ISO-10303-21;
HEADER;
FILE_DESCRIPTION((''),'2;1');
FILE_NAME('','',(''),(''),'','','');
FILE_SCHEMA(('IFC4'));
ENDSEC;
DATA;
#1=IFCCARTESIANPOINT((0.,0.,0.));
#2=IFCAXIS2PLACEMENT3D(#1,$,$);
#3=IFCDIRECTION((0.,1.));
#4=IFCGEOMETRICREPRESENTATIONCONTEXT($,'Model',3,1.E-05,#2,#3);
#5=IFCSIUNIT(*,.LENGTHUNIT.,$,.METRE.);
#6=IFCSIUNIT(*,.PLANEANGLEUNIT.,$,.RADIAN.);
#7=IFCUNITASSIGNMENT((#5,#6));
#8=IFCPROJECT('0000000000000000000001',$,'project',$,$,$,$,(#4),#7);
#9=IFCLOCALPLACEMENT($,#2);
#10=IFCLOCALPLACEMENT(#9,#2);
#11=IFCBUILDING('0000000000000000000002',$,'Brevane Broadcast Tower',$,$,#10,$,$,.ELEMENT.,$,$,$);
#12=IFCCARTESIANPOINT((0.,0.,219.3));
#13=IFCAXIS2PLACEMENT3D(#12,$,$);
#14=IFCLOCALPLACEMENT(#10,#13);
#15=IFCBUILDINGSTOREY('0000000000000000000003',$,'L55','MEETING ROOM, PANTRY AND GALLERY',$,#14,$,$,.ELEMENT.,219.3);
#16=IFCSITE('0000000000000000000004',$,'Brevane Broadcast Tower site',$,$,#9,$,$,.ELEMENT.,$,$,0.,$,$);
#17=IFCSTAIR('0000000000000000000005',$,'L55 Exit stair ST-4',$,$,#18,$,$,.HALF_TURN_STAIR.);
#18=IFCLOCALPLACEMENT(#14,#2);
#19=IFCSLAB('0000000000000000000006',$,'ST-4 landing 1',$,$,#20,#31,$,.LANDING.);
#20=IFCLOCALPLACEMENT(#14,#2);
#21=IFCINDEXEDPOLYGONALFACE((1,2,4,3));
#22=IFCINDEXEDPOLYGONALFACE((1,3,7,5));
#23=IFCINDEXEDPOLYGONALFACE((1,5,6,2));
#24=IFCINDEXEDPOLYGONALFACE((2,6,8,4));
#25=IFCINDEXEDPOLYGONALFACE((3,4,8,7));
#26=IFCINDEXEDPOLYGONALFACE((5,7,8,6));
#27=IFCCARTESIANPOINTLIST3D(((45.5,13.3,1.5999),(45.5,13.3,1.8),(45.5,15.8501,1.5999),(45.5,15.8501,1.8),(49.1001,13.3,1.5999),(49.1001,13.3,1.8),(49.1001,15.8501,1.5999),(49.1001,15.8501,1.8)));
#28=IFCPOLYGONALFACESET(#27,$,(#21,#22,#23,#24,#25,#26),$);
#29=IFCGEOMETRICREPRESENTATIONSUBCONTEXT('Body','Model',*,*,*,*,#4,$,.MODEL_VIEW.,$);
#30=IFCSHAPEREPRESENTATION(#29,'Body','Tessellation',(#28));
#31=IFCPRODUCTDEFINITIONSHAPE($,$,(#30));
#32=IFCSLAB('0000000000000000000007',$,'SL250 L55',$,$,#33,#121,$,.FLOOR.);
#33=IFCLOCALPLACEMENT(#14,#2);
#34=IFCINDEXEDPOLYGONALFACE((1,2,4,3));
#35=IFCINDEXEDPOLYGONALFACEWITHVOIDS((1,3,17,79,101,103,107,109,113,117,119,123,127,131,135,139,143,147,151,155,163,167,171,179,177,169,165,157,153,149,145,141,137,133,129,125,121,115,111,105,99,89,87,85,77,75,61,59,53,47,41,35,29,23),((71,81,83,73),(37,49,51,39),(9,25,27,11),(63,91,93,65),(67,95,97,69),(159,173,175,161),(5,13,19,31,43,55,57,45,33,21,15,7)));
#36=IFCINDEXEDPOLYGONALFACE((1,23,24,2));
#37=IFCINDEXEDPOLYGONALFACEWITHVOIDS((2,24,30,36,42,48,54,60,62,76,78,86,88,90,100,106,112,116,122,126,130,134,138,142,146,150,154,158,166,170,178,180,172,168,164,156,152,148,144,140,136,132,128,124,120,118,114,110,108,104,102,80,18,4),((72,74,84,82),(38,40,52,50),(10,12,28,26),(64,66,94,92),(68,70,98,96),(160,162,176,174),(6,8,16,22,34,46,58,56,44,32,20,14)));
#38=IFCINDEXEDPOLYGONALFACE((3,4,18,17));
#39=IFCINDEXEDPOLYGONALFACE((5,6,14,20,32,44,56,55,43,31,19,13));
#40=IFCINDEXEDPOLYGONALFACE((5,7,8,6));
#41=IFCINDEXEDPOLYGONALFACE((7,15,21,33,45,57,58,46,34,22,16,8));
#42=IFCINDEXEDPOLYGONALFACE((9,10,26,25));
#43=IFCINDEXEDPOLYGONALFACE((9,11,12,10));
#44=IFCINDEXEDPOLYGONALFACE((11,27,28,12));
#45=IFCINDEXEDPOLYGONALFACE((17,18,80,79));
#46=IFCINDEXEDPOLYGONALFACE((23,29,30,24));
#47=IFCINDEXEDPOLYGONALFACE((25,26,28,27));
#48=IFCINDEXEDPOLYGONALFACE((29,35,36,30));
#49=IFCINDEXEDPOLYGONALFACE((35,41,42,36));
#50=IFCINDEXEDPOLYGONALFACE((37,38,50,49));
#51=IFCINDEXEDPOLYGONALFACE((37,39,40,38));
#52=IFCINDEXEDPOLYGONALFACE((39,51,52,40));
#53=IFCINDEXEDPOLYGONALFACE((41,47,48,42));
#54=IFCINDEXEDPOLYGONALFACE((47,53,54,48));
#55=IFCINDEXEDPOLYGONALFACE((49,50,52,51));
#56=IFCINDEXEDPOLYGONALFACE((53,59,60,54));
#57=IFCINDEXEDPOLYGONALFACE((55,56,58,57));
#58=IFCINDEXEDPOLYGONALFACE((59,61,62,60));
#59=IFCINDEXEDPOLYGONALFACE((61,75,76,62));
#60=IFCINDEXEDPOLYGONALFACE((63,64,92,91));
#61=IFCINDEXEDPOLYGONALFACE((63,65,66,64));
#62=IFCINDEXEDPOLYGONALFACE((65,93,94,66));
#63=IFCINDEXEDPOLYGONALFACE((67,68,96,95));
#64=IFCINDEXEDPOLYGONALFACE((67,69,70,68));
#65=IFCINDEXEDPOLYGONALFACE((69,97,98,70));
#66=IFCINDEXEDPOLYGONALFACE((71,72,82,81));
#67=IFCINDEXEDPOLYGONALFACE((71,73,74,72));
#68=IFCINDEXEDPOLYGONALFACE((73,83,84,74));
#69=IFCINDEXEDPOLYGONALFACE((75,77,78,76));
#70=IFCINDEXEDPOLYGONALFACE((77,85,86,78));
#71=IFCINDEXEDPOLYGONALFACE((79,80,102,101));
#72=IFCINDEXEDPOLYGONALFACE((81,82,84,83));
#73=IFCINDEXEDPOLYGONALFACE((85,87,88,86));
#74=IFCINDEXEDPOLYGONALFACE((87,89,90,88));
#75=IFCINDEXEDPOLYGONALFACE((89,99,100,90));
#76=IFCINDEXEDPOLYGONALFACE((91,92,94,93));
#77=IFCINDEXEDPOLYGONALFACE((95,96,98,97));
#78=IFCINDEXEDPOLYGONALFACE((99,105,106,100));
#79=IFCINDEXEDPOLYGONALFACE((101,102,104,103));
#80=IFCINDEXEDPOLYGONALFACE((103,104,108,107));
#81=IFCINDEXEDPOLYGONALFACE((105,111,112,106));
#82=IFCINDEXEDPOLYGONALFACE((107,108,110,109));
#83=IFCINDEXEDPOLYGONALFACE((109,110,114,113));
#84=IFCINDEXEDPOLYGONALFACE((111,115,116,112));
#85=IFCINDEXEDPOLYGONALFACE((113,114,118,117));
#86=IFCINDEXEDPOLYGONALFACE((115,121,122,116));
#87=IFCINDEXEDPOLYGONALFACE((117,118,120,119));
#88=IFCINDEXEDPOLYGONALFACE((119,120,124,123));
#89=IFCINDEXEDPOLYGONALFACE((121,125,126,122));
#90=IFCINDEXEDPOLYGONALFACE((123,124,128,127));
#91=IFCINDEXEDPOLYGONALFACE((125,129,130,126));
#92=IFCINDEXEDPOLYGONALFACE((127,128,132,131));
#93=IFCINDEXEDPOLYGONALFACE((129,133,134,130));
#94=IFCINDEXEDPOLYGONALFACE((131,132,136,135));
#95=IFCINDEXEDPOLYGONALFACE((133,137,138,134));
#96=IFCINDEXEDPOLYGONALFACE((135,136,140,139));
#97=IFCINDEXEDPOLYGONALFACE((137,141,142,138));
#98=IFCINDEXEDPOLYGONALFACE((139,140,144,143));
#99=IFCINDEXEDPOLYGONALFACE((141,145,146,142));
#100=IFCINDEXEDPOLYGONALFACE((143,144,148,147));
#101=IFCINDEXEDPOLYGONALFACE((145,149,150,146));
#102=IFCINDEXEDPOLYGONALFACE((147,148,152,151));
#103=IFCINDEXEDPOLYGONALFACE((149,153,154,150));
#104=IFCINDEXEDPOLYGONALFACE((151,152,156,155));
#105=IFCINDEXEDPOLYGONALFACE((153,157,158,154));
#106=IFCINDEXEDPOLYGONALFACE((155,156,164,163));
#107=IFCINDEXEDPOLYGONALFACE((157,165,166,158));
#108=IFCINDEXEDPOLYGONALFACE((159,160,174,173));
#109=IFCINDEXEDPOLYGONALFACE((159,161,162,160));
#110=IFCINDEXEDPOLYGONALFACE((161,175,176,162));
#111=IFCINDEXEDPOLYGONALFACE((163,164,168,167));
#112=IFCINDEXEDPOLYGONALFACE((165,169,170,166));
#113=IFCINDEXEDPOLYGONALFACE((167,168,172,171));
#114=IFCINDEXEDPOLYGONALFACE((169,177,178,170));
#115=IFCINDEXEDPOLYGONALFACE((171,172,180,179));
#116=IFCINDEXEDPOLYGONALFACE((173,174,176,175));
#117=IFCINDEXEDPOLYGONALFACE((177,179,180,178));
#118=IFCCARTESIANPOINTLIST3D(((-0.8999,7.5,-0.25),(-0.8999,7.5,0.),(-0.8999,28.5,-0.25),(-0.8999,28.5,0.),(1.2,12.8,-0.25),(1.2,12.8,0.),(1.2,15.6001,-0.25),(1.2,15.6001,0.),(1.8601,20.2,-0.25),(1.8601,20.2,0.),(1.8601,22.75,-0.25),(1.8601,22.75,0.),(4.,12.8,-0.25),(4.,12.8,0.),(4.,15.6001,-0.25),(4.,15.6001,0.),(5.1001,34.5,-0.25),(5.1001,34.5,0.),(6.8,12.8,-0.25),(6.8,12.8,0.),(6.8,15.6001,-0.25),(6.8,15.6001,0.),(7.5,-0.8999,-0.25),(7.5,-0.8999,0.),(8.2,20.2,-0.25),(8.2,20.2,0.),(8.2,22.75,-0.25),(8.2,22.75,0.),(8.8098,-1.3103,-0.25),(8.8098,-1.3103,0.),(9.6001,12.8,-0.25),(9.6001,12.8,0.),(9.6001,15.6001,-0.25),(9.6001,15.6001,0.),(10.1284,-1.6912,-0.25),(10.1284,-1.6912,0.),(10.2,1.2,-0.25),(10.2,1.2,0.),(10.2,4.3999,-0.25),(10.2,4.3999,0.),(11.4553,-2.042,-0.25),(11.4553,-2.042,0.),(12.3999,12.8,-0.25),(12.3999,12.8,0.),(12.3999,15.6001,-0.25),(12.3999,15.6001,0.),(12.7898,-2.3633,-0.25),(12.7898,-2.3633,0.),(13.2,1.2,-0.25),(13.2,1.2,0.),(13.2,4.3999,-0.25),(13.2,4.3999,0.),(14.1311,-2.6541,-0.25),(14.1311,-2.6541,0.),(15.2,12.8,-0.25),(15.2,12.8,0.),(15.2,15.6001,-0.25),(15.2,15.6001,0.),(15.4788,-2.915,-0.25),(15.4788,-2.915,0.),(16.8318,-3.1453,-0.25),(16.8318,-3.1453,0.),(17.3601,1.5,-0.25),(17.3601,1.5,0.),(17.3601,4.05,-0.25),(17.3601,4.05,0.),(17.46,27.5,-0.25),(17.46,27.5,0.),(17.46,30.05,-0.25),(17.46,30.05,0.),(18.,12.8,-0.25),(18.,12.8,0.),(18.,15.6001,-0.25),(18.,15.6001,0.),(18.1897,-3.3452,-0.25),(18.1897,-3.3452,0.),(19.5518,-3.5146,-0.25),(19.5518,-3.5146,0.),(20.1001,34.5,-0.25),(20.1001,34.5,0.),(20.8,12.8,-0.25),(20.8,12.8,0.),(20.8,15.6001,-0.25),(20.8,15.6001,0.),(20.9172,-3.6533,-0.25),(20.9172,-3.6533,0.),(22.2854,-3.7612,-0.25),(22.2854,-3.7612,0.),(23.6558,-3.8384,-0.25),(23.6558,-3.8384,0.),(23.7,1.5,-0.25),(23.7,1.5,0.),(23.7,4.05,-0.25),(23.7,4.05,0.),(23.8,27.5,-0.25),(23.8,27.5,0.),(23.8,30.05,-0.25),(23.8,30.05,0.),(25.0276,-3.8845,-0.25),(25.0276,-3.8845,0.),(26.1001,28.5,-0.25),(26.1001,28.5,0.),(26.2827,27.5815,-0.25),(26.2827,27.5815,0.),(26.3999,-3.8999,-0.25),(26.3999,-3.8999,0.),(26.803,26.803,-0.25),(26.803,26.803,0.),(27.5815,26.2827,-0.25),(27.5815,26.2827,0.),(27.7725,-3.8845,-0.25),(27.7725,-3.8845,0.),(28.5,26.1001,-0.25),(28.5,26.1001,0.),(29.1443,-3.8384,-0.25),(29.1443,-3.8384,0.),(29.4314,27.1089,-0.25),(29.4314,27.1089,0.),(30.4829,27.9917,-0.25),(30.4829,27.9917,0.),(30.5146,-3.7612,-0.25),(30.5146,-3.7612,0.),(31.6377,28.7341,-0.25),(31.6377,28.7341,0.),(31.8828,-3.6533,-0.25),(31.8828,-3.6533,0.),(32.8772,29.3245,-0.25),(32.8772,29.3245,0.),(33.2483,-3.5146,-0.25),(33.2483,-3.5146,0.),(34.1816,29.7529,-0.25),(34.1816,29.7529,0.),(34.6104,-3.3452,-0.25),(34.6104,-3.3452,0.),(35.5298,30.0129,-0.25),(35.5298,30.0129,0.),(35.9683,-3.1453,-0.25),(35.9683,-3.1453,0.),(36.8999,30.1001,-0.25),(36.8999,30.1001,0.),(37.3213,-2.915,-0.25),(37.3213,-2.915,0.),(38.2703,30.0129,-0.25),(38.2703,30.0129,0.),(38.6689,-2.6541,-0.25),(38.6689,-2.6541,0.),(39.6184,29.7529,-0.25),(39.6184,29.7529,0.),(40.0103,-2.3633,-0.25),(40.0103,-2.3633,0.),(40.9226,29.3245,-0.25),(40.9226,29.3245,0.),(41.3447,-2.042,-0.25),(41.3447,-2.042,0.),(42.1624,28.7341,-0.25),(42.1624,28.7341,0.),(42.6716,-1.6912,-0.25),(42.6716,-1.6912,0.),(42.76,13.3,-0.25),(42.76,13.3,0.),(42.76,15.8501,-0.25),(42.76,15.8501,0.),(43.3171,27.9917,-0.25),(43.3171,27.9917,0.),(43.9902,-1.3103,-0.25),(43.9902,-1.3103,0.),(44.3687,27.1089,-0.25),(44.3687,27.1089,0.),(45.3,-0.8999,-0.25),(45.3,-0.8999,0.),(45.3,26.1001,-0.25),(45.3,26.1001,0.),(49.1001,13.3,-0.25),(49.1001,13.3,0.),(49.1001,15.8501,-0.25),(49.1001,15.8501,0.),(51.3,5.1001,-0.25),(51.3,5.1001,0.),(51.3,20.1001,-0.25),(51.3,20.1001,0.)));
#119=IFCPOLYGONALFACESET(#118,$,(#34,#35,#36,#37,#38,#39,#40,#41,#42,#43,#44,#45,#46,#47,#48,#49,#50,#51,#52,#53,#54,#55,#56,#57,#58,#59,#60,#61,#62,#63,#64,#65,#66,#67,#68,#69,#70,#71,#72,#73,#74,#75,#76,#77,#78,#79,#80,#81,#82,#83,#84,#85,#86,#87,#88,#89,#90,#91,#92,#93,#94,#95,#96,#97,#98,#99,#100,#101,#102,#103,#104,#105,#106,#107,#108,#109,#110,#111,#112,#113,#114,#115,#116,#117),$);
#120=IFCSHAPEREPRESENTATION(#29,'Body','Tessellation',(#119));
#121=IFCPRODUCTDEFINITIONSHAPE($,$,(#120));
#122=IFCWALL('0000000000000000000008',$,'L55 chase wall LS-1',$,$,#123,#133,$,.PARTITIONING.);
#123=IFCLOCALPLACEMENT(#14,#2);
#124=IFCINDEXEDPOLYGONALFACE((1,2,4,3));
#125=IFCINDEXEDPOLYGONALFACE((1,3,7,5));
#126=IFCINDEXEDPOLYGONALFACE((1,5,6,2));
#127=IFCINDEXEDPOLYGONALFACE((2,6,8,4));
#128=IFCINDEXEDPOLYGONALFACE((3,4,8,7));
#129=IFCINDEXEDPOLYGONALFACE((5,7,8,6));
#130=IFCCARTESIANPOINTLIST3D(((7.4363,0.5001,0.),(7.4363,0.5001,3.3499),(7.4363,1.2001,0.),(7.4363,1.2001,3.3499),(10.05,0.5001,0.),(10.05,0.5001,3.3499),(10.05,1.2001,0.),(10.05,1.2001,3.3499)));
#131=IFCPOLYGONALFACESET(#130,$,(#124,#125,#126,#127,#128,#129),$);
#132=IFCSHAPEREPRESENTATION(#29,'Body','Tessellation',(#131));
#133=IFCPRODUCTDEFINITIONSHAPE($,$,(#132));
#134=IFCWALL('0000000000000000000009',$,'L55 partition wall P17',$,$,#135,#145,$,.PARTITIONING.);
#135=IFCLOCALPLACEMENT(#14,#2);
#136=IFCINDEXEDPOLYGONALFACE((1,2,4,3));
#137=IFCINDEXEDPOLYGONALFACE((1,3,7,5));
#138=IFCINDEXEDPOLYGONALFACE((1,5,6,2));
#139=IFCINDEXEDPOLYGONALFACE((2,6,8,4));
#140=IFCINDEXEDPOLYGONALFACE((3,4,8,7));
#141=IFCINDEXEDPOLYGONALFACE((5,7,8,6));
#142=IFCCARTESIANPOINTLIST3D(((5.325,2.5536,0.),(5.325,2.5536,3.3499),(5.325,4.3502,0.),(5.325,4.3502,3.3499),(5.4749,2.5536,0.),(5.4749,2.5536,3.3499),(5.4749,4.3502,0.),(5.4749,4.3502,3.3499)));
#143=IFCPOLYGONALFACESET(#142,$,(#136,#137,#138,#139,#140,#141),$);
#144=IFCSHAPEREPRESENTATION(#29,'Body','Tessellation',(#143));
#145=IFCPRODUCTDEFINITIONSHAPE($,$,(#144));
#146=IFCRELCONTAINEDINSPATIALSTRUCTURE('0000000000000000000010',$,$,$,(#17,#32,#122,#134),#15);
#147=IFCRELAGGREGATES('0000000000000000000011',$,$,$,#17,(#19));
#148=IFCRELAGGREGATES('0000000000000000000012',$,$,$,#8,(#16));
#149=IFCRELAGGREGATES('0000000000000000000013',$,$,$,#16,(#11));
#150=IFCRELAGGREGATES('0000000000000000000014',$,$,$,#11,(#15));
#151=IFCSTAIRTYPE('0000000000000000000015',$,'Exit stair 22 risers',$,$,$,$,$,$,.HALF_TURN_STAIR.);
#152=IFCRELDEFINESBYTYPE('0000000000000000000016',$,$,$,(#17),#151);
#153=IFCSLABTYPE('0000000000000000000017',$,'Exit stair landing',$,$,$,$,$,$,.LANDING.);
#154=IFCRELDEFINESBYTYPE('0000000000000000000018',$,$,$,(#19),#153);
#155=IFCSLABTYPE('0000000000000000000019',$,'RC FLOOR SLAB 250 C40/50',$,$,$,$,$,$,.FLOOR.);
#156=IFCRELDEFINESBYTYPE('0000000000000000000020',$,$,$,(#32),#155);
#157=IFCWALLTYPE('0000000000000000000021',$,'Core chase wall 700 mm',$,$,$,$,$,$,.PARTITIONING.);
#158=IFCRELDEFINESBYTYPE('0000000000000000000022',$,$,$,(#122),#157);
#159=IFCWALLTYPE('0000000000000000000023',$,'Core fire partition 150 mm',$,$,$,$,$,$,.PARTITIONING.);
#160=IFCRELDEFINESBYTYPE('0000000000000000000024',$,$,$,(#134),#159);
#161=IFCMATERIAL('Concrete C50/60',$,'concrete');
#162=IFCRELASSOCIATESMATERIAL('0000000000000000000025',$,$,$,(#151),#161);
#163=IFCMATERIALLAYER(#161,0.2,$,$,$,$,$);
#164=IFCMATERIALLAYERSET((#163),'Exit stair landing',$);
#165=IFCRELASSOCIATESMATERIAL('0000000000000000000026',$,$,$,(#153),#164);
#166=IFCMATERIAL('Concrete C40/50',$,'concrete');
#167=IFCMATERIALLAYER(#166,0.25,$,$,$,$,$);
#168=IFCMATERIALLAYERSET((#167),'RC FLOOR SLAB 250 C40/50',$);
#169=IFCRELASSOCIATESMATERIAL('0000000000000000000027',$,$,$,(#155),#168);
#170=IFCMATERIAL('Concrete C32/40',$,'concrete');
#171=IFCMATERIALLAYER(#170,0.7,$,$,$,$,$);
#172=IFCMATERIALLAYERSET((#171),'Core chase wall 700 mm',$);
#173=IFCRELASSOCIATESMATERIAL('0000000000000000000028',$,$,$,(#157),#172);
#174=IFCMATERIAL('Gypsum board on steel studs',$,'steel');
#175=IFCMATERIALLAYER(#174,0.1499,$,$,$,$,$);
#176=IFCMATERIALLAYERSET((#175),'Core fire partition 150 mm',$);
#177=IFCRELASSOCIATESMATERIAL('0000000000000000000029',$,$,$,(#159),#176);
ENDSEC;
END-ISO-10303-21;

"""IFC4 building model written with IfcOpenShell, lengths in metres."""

from ifc_helpers import new_model, si_unit, direction, frame, frame_2d, origin, place, context, subcontext, project, spatial, polyline, rectangle, outline, extrude, material, layer, layer_set, type_object, element, aggregate, save


model = new_model("IFC4")

# Units and contexts
model_context = context("Model", 3, precision=1e-05, world=origin(), true_north=direction((0.0, 1.0)))
body_context = subcontext(model_context, "Body", "Model", "MODEL_VIEW")
ifc_project = project(units=[si_unit("LENGTHUNIT", "METRE"), si_unit("PLANEANGLEUNIT", "RADIAN")], contexts=[model_context])

# Site, building, storey
site_placement = place(None, origin())
site = spatial("IfcSite", under=ifc_project, at=site_placement, Name="Brevane Broadcast Tower site", CompositionType="ELEMENT", RefElevation=0.0)
building_placement = place(site_placement, origin())
building = spatial("IfcBuilding", under=site, at=building_placement, Name="Brevane Broadcast Tower", CompositionType="ELEMENT")
storey_placement = place(building_placement, frame((0.0, 0.0, 219.3)))
storey = spatial("IfcBuildingStorey", under=building, at=storey_placement, Name="L55", Description="MEETING ROOM, PANTRY AND GALLERY", CompositionType="ELEMENT", Elevation=219.3)

# Stair, slab
ifc_material_1 = material(Name="Concrete C50/60", Category="concrete")
stair_type = type_object("IfcStairType", Name="Exit stair 22 risers", PredefinedType="HALF_TURN_STAIR", material=ifc_material_1)
ifc_layer_1 = layer(ifc_material_1, 0.2)
ifc_layer_set_1 = layer_set([ifc_layer_1], Name="Exit stair landing")
slab_type_1 = type_object("IfcSlabType", Name="Exit stair landing", PredefinedType="LANDING", material=ifc_layer_set_1)
stair_1_placement = place(storey_placement, origin())
stair_1 = element("IfcStair", 1, at=stair_1_placement, inside=storey, type_object=stair_type, Name="L55 Exit stair ST-4", PredefinedType="HALF_TURN_STAIR")
slab_1_placement = place(storey_placement, frame((0.0, 0.0, 1.5999)))
slab_1 = element("IfcSlab", 2, at=slab_1_placement, type_object=slab_type_1, Name="ST-4 landing 1", PredefinedType="LANDING", context=body_context, shape_type="SweptSolid", body=[
    extrude(outline(polyline([(45.5, 13.3), (49.1001, 13.3), (49.1001, 15.8501), (45.5, 15.8501), (45.5, 13.3)])), origin(), (0.0, 0.0, 1.0), 0.2002),
])
aggregate(stair_1, [slab_1])

# Slab
ifc_material_2 = material(Name="Concrete C40/50", Category="concrete")
ifc_layer_2 = layer(ifc_material_2, 0.25)
ifc_layer_set_2 = layer_set([ifc_layer_2], Name="RC FLOOR SLAB 250 C40/50")
slab_type_2 = type_object("IfcSlabType", Name="RC FLOOR SLAB 250 C40/50", PredefinedType="FLOOR", material=ifc_layer_set_2)
slab_2_placement = place(storey_placement, frame((0.0, 0.0, -0.25)))
element("IfcSlab", 3, at=slab_2_placement, inside=storey, type_object=slab_type_2, Name="SL250 L55", PredefinedType="FLOOR", context=body_context, shape_type="SweptSolid", body=[
    extrude(outline(polyline([(-0.8999, 7.5), (-0.8999, 28.5), (5.1001, 34.5), (20.1001, 34.5), (26.1001, 28.5), (26.2827, 27.5815), (26.803, 26.803), (27.5815, 26.2827), (28.5, 26.1001), (29.4314, 27.1089), (30.4829, 27.9917), (31.6377, 28.7341), (32.8772, 29.3245), (34.1816, 29.7529), (35.5298, 30.0129), (36.8999, 30.1001), (38.2703, 30.0129), (39.6184, 29.7529), (40.9226, 29.3245), (42.1624, 28.7341), (43.3171, 27.9917), (44.3687, 27.1089), (45.3, 26.1001), (51.3, 20.1001), (51.3, 5.1001), (45.3, -0.8999), (43.9902, -1.3103), (42.6716, -1.6912), (41.3447, -2.042), (40.0103, -2.3633), (38.6689, -2.6541), (37.3213, -2.915), (35.9683, -3.1453), (34.6104, -3.3452), (33.2483, -3.5146), (31.8828, -3.6533), (30.5146, -3.7612), (29.1443, -3.8384), (27.7725, -3.8845), (26.3999, -3.8999), (25.0276, -3.8845), (23.6558, -3.8384), (22.2854, -3.7612), (20.9172, -3.6533), (19.5518, -3.5146), (18.1897, -3.3452), (16.8318, -3.1453), (15.4788, -2.915), (14.1311, -2.6541), (12.7898, -2.3633), (11.4553, -2.042), (10.1284, -1.6912), (8.8098, -1.3103), (7.5, -0.8999), (-0.8999, 7.5)]), holes=[polyline([(13.2, 4.3999), (10.2, 4.3999), (10.2, 1.2), (13.2, 1.2), (13.2, 4.3999)]), polyline([(4.0, 15.6001), (1.2, 15.6001), (1.2, 12.8), (4.0, 12.8), (6.8, 12.8), (9.6001, 12.8), (12.3999, 12.8), (15.2, 12.8), (15.2, 15.6001), (12.3999, 15.6001), (9.6001, 15.6001), (6.8, 15.6001), (4.0, 15.6001)]), polyline([(1.8601, 22.75), (1.8601, 20.2), (8.2, 20.2), (8.2, 22.75), (1.8601, 22.75)]), polyline([(23.7, 4.05), (17.3601, 4.05), (17.3601, 1.5), (23.7, 1.5), (23.7, 4.05)]), polyline([(20.8, 15.6001), (18.0, 15.6001), (18.0, 12.8), (20.8, 12.8), (20.8, 15.6001)]), polyline([(49.1001, 15.8501), (42.76, 15.8501), (42.76, 13.3), (49.1001, 13.3), (49.1001, 15.8501)]), polyline([(23.8, 30.05), (17.46, 30.05), (17.46, 27.5), (23.8, 27.5), (23.8, 30.05)])]), origin(), (0.0, 0.0, 1.0), 0.25),
])

# Walls
ifc_material_3 = material(Name="Concrete C32/40", Category="concrete")
ifc_layer_3 = layer(ifc_material_3, 0.7)
ifc_layer_set_3 = layer_set([ifc_layer_3], Name="Core chase wall 700 mm")
wall_type_1 = type_object("IfcWallType", Name="Core chase wall 700 mm", PredefinedType="PARTITIONING", material=ifc_layer_set_3)
wall_1_placement = place(storey_placement, frame((7.4363, 0.8501, 0.0), z_axis=(0.0, 0.0, 1.0), x_axis=(1.0, 0.0, 0.0)))
element("IfcWall", 4, at=wall_1_placement, inside=storey, type_object=wall_type_1, Name="L55 chase wall LS-1", PredefinedType="PARTITIONING", context=body_context, shape_type="SweptSolid", body=[
    extrude(rectangle(XDim=2.6138, YDim=0.7, at=frame_2d((1.3069, 0.0))), origin(), (0.0, 0.0, 1.0), 3.3499),
])
ifc_material_4 = material(Name="Gypsum board on steel studs", Category="steel")
ifc_layer_4 = layer(ifc_material_4, 0.1499)
ifc_layer_set_4 = layer_set([ifc_layer_4], Name="Core fire partition 150 mm")
wall_type_2 = type_object("IfcWallType", Name="Core fire partition 150 mm", PredefinedType="PARTITIONING", material=ifc_layer_set_4)
wall_2_placement = place(storey_placement, frame((5.3999, 2.5535, 0.0), z_axis=(0.0, 0.0, 1.0), x_axis=(0.0, 1.0, 0.0)))
element("IfcWall", 5, at=wall_2_placement, inside=storey, type_object=wall_type_2, Name="L55 partition wall P17", PredefinedType="PARTITIONING", context=body_context, shape_type="SweptSolid", body=[
    extrude(rectangle(XDim=1.7966, YDim=0.1499, at=frame_2d((0.8984, 0.0))), origin(), (0.0, 0.0, 1.0), 3.3499),
])

save(model, "model.ifc")
